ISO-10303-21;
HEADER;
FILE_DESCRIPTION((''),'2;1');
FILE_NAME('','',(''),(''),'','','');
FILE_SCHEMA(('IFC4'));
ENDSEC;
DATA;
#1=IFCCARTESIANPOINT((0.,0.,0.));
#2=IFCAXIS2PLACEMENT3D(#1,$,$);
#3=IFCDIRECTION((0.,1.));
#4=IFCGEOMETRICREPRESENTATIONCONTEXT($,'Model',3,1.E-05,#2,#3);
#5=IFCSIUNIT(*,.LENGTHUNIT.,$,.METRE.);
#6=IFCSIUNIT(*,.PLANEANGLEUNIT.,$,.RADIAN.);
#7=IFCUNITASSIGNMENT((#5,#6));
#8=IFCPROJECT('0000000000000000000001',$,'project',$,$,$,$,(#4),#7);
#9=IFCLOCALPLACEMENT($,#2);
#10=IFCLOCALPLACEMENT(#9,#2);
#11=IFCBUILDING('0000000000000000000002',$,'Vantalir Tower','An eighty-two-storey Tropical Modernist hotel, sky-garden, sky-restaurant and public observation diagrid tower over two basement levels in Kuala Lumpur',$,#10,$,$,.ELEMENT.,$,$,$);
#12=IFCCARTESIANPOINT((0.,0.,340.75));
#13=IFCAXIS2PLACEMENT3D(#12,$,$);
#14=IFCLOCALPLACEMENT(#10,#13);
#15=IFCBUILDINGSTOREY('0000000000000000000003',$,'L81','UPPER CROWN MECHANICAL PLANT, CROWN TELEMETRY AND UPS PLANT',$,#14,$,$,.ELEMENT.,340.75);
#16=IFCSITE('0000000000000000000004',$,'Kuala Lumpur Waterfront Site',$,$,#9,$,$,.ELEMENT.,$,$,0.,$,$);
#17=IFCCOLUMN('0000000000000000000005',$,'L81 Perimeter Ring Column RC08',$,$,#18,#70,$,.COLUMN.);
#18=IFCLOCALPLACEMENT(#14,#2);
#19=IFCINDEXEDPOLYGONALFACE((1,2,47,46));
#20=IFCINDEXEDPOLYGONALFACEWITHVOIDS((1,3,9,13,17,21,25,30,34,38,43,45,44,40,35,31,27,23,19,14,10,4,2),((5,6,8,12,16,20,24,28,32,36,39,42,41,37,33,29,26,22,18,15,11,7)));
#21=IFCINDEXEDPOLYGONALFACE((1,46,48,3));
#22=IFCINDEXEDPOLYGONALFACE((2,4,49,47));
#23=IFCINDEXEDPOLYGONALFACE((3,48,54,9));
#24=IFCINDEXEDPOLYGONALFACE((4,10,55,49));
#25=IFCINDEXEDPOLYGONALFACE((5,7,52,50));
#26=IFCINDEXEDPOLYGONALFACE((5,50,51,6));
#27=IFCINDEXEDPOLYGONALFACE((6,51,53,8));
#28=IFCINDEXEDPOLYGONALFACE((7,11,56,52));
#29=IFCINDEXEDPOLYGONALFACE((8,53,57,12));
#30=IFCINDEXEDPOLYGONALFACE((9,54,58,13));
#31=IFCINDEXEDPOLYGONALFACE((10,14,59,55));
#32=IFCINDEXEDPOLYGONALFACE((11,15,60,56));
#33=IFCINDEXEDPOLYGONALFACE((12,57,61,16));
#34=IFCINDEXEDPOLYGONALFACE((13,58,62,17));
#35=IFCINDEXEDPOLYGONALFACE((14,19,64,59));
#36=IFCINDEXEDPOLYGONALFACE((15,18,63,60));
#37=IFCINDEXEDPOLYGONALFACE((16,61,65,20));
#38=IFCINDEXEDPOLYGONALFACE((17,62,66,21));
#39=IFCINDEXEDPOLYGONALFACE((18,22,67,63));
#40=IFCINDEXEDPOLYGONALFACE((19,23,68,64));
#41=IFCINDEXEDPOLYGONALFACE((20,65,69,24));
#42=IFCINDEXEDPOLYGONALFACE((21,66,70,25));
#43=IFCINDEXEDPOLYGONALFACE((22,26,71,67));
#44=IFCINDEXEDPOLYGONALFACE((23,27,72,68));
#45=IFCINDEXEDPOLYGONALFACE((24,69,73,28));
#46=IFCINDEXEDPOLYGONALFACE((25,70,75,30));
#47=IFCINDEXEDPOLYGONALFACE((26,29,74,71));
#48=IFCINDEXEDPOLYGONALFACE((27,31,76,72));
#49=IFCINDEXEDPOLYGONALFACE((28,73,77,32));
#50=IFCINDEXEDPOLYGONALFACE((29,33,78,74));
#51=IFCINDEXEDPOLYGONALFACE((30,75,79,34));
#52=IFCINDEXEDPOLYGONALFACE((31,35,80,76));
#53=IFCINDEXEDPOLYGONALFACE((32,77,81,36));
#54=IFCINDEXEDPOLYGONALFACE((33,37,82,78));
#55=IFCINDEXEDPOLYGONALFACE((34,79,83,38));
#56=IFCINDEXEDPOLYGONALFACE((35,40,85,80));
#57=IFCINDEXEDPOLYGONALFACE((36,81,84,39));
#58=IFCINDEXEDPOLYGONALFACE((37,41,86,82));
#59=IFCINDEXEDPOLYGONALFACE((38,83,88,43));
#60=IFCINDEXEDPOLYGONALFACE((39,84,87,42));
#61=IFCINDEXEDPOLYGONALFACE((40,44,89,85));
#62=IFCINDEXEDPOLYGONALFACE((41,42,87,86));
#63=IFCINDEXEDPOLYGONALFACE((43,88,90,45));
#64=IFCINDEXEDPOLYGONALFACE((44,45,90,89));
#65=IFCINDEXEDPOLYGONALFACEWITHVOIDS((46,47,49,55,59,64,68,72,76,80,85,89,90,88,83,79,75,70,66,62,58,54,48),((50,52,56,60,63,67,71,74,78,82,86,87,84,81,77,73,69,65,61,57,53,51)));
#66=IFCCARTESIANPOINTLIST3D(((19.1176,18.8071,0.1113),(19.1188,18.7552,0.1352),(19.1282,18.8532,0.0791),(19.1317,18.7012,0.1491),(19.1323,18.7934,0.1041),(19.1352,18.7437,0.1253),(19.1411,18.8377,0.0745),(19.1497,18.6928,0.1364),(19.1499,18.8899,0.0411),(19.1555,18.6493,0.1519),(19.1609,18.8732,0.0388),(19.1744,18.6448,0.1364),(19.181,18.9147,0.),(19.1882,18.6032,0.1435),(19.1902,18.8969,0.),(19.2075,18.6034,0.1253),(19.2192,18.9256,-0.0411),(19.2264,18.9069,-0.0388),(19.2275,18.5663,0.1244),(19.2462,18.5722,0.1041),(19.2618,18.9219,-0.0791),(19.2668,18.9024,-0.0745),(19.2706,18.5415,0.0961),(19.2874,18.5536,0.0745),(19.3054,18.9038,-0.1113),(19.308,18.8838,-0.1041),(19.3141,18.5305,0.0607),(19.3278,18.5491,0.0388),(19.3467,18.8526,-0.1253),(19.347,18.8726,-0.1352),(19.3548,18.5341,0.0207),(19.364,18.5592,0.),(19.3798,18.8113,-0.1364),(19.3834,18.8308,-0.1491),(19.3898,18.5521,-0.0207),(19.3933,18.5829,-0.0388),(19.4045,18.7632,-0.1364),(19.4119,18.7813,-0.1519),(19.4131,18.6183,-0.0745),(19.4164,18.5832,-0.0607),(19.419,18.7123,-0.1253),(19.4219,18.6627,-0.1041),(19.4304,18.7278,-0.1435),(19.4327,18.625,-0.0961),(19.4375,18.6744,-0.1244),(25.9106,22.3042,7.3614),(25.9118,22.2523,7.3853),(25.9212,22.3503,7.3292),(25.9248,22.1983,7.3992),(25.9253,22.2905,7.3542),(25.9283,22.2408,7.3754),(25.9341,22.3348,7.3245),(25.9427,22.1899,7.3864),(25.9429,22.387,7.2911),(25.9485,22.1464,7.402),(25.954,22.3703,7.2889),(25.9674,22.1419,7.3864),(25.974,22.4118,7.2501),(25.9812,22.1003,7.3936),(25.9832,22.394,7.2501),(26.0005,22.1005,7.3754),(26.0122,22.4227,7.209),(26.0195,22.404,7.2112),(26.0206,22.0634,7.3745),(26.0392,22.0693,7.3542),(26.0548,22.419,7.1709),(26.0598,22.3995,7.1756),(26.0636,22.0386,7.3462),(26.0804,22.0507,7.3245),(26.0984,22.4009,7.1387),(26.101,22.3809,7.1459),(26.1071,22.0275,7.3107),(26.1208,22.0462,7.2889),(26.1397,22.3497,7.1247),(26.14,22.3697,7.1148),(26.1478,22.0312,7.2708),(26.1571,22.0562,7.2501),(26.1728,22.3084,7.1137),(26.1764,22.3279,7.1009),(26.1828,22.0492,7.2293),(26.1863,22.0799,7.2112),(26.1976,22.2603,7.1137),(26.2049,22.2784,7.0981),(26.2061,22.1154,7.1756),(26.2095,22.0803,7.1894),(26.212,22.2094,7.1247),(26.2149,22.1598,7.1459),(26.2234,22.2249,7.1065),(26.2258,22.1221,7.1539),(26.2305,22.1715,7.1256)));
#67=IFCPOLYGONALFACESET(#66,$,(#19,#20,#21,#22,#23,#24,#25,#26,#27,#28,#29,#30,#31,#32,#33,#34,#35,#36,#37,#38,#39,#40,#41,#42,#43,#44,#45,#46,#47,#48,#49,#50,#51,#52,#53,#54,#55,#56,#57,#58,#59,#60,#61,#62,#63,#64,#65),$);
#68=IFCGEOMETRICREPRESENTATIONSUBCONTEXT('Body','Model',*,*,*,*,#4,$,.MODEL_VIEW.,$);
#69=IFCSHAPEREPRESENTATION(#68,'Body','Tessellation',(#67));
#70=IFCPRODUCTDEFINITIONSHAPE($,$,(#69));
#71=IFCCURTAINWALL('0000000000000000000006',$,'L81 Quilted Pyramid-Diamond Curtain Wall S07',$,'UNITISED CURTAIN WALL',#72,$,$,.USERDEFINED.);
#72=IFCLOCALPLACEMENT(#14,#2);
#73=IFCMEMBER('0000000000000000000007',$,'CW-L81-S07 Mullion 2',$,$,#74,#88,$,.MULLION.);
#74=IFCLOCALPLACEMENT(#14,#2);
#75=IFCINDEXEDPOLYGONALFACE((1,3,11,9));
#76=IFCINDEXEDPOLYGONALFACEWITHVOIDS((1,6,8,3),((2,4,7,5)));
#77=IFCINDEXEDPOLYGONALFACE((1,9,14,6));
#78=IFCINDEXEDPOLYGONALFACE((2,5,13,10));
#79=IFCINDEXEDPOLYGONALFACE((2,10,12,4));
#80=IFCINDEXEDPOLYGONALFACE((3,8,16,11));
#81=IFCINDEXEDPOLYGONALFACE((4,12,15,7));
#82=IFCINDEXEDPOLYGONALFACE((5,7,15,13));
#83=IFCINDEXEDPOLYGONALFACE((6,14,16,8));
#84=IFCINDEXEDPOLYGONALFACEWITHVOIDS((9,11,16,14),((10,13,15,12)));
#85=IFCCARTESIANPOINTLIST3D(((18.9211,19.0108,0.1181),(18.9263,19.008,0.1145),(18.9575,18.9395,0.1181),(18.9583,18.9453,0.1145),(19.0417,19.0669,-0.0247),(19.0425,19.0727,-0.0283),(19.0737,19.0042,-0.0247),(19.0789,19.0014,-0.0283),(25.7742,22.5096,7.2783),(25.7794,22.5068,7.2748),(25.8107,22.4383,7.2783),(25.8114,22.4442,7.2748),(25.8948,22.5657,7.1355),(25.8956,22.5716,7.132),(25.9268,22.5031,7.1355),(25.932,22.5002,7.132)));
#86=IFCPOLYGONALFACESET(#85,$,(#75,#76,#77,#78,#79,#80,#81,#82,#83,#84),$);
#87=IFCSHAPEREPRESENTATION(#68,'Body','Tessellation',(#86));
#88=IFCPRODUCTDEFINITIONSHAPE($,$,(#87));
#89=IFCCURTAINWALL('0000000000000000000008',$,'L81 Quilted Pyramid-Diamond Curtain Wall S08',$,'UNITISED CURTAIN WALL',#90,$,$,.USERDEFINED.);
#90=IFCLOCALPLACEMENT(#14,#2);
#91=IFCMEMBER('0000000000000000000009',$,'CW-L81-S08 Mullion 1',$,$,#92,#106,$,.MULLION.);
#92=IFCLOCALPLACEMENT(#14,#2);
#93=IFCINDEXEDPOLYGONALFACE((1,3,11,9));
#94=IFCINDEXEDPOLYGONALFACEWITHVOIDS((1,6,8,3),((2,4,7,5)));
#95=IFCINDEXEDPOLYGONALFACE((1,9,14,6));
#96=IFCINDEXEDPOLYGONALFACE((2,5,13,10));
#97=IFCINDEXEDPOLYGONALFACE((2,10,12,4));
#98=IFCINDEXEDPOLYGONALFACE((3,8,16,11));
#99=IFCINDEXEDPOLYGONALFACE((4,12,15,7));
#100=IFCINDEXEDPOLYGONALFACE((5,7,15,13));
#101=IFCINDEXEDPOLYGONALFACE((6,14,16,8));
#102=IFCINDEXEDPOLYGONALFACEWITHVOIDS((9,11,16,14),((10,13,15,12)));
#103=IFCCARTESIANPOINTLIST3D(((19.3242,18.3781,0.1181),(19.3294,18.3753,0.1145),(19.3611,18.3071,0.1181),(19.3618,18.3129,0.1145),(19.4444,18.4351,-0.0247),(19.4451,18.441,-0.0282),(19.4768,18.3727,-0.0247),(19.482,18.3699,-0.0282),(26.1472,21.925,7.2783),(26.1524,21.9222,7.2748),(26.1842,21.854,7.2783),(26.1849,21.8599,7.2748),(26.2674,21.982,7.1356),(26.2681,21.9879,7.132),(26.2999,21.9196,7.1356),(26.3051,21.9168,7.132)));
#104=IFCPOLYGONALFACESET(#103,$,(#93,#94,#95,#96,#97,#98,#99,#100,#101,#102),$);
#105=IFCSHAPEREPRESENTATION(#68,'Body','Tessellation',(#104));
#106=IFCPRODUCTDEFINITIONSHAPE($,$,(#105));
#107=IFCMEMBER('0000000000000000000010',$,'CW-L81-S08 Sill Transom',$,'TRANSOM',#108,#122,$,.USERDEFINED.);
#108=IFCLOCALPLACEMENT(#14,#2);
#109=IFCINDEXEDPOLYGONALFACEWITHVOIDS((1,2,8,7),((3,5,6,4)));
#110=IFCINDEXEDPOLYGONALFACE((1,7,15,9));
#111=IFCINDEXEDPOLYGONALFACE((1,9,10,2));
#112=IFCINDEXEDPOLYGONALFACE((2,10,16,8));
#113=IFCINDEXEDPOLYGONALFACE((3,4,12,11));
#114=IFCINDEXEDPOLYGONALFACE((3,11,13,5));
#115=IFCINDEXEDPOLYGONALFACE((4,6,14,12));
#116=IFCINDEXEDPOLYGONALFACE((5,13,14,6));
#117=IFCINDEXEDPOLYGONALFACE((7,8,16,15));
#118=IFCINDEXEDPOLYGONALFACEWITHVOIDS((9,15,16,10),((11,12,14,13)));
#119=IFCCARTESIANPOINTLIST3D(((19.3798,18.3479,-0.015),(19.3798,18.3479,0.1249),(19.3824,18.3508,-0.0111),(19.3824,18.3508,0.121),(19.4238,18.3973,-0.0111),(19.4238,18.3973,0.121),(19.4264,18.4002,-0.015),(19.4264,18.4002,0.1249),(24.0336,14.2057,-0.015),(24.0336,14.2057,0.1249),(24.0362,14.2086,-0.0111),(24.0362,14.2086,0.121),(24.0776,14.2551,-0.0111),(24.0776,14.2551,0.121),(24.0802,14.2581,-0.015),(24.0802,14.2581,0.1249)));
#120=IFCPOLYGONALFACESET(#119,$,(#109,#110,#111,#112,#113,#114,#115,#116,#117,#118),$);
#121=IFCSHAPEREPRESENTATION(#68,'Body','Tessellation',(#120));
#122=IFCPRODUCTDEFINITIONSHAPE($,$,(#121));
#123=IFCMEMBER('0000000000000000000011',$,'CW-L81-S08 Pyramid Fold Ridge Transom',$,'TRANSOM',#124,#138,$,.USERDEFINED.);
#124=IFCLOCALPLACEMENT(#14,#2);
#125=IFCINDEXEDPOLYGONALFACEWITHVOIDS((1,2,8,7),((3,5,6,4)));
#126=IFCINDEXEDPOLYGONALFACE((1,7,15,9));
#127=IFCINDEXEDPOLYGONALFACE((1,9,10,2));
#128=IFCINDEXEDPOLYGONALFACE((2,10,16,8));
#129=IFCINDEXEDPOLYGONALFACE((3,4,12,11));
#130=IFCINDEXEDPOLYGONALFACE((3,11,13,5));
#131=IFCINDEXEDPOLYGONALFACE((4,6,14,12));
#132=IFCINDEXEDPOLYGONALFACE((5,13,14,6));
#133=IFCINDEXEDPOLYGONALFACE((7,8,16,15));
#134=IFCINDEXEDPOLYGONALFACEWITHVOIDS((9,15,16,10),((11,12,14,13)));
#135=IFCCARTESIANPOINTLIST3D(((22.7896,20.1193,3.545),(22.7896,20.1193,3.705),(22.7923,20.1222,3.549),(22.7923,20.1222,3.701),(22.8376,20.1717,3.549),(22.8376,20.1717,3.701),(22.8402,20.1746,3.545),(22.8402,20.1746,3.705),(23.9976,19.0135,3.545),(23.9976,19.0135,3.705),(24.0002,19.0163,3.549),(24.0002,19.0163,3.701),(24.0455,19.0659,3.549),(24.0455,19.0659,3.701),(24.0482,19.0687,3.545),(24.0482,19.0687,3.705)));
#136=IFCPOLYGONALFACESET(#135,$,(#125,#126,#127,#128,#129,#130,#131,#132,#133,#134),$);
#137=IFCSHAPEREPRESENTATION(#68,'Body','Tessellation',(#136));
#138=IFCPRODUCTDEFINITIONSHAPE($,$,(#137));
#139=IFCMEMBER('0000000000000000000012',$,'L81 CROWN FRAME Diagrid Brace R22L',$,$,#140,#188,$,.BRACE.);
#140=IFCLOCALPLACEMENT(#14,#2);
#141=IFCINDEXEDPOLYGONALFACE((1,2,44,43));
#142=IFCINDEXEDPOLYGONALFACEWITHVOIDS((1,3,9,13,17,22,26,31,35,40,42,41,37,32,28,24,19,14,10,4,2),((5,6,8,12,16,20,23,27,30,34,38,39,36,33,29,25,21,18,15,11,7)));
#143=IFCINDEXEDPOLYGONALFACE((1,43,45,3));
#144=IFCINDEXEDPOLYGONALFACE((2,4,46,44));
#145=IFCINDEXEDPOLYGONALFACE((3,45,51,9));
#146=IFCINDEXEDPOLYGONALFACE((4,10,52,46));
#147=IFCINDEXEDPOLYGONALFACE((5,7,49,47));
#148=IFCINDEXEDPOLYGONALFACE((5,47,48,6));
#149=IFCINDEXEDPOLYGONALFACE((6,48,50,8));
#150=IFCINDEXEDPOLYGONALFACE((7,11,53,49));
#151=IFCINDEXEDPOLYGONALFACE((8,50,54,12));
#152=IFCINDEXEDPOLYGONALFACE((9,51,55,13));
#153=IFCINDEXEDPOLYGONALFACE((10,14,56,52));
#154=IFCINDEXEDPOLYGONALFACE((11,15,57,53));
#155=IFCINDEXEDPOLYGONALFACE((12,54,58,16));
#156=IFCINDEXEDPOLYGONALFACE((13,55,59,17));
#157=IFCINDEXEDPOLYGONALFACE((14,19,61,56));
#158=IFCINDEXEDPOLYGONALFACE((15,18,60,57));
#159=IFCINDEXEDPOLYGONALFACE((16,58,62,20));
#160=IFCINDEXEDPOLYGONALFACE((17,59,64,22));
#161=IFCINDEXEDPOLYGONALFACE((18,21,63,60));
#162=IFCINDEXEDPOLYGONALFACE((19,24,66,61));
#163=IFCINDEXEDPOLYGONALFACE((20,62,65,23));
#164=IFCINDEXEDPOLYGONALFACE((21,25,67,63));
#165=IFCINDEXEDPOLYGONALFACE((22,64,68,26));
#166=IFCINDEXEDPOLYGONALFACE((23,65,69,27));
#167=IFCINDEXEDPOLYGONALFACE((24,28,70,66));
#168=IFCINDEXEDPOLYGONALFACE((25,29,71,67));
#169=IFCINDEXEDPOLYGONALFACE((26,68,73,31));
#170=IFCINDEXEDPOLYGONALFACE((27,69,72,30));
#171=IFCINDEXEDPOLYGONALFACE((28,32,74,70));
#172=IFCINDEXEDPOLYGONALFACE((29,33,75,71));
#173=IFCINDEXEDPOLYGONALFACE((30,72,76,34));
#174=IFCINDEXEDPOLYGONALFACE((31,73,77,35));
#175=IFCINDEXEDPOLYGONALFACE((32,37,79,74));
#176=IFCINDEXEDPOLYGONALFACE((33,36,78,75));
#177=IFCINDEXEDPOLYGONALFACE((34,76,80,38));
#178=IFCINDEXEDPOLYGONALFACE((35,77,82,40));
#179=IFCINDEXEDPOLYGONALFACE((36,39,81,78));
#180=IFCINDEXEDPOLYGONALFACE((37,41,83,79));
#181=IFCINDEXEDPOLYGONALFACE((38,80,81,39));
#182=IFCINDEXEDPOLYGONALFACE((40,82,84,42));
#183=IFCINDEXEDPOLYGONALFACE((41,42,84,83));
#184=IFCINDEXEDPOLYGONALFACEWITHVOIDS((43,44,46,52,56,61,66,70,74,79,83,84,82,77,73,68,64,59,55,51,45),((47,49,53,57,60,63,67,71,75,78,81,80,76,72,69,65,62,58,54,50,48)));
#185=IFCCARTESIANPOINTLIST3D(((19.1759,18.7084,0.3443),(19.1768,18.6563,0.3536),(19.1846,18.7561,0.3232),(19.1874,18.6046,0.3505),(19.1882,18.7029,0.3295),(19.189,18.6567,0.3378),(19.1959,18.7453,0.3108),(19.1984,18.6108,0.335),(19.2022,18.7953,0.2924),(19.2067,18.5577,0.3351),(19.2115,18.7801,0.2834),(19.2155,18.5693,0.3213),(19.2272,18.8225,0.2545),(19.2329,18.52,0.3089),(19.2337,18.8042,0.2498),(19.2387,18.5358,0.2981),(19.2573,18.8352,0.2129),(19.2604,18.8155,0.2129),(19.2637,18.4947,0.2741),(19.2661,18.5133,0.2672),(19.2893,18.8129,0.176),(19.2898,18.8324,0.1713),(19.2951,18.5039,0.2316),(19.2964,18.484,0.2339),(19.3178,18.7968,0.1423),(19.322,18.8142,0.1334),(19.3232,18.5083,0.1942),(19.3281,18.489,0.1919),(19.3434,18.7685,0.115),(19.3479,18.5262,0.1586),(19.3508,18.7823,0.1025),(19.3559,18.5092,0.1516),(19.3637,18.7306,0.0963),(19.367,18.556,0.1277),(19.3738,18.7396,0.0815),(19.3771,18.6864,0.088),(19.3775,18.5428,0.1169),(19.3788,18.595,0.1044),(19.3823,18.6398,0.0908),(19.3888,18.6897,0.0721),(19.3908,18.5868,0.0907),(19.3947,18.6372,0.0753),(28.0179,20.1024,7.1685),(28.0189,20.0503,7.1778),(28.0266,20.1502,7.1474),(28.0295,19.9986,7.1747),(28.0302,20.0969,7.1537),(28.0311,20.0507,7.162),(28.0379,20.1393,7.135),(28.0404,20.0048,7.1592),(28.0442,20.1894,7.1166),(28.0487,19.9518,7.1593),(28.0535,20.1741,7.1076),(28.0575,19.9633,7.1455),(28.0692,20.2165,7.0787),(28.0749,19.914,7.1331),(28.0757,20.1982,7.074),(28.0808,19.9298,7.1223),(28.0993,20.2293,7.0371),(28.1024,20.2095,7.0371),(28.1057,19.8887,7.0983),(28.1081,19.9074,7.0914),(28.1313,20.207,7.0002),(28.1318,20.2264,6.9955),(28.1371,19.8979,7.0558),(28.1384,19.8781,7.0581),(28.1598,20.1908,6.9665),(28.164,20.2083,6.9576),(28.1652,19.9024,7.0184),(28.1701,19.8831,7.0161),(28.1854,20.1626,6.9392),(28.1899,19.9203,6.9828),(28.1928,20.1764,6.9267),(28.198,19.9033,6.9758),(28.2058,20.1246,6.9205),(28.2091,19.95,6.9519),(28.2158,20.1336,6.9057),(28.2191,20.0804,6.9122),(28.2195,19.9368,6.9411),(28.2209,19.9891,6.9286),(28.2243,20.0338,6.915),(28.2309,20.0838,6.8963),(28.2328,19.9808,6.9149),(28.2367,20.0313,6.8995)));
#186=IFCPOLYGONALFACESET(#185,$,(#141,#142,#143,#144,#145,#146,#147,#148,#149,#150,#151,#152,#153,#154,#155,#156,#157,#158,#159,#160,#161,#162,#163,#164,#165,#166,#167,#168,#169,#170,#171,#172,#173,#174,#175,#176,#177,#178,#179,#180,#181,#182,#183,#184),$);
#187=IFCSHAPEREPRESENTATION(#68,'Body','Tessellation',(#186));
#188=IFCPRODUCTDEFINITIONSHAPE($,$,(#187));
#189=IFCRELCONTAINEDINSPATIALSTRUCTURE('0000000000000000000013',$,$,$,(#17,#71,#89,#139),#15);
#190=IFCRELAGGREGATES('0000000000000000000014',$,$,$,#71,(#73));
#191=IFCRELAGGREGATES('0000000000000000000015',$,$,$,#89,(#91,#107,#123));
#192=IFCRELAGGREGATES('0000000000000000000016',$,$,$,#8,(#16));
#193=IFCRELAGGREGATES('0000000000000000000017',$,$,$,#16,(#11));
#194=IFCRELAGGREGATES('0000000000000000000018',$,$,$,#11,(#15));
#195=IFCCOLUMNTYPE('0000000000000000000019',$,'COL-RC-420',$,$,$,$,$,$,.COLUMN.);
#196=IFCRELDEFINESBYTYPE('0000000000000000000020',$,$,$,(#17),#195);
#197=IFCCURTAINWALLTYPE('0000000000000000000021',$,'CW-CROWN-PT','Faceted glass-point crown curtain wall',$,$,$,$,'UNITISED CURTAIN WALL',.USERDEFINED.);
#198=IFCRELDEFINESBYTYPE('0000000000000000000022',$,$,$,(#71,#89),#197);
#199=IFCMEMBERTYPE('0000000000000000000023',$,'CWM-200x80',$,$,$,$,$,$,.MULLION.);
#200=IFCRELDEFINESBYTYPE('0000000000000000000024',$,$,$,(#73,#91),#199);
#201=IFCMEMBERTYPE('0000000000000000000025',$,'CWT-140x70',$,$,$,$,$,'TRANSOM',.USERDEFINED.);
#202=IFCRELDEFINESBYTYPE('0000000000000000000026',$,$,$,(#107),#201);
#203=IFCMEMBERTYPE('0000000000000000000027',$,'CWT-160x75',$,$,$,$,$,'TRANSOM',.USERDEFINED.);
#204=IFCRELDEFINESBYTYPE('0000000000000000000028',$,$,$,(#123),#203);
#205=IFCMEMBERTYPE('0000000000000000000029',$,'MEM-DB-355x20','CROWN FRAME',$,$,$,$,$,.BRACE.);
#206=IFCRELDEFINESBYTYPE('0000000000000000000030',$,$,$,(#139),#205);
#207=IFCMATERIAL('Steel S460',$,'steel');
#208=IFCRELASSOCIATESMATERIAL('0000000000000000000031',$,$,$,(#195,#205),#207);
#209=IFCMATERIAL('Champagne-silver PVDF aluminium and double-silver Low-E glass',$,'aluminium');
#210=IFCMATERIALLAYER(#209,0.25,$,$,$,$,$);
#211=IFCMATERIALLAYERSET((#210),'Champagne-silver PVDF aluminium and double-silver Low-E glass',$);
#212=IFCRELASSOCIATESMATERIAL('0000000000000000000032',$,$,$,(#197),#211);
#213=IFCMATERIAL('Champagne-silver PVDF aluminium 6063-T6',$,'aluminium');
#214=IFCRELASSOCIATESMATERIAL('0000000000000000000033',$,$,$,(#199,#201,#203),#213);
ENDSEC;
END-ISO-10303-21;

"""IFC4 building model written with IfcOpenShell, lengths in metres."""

from ifc_helpers import new_model, si_unit, direction, frame, origin, origin_2d, place, context, subcontext, project, spatial, hollow_rectangle, hollow_circle, extrude, material, layer, layer_set, material_profile, profile_set, type_object, element, aggregate, save


model = new_model("IFC4")

# Units and contexts
model_context = context("Model", 3, precision=1e-05, world=origin(), true_north=direction((0.0, 1.0)))
body_context = subcontext(model_context, "Body", "Model", "MODEL_VIEW")
ifc_project = project(units=[si_unit("LENGTHUNIT", "METRE"), si_unit("PLANEANGLEUNIT", "RADIAN")], contexts=[model_context])

# Site, building, storey
site_placement = place(None, origin())
site = spatial("IfcSite", under=ifc_project, at=site_placement, Name="Kuala Lumpur Waterfront Site", CompositionType="ELEMENT", RefElevation=0.0)
building_placement = place(site_placement, origin())
building = spatial("IfcBuilding", under=site, at=building_placement, Name="Vantalir Tower", Description="An eighty-two-storey Tropical Modernist hotel, sky-garden, sky-restaurant and public observation diagrid tower over two basement levels in Kuala Lumpur", CompositionType="ELEMENT")
storey_placement = place(building_placement, frame((0.0, 0.0, 340.75)))
storey = spatial("IfcBuildingStorey", under=building, at=storey_placement, Name="L81", Description="UPPER CROWN MECHANICAL PLANT, CROWN TELEMETRY AND UPS PLANT", CompositionType="ELEMENT", Elevation=340.75)

# Column
ifc_material_1 = material(Name="Steel S460", Category="steel")
ifc_material_profile_1 = material_profile(ifc_material_1, hollow_circle(Radius=0.21, WallThickness=0.02, at=origin_2d()), Name="Steel S460")
ifc_profile_set_1 = profile_set([ifc_material_profile_1], Name="Steel S460")
column_type = type_object("IfcColumnType", Name="COL-RC-420", PredefinedType="COLUMN", material=ifc_profile_set_1)
column_placement = place(storey_placement, frame((19.2771, 18.728, 0.0), z_axis=(0.644945, 0.332022, 0.688337), x_axis=(-0.457715, 0.889099, 0.0)))
element("IfcColumn", 1, at=column_placement, inside=storey, type_object=column_type, Name="L81 Perimeter Ring Column RC08", PredefinedType="COLUMN", context=body_context, shape_type="SweptSolid", body=[
    extrude(hollow_circle(Radius=0.21, WallThickness=0.02, at=origin_2d()), origin(), (0.0, 0.0, 1.0), 10.5327),
])

# Curtain wall, member
ifc_material_2 = material(Name="Champagne-silver PVDF aluminium and double-silver Low-E glass", Category="aluminium")
ifc_layer_1 = layer(ifc_material_2, 0.25)
ifc_layer_set_1 = layer_set([ifc_layer_1], Name="Champagne-silver PVDF aluminium and double-silver Low-E glass")
curtain_wall_type = type_object("IfcCurtainWallType", Name="CW-CROWN-PT", Description="Faceted glass-point crown curtain wall", ElementType="UNITISED CURTAIN WALL", PredefinedType="USERDEFINED", material=ifc_layer_set_1)
curtain_wall_1_placement = place(storey_placement, origin())
curtain_wall_1 = element("IfcCurtainWall", 2, at=curtain_wall_1_placement, inside=storey, type_object=curtain_wall_type, Name="L81 Quilted Pyramid-Diamond Curtain Wall S07", ObjectType="UNITISED CURTAIN WALL", PredefinedType="USERDEFINED")
ifc_material_3 = material(Name="Champagne-silver PVDF aluminium 6063-T6", Category="aluminium")
ifc_material_profile_2 = material_profile(ifc_material_3, hollow_rectangle(XDim=0.0801, YDim=0.2, WallThickness=0.0049, at=origin_2d()), Name="Champagne-silver PVDF aluminium 6063-T6")
ifc_profile_set_2 = profile_set([ifc_material_profile_2], Name="Champagne-silver PVDF aluminium 6063-T6")
member_type_1 = type_object("IfcMemberType", Name="CWM-200x80", PredefinedType="MULLION", material=ifc_profile_set_2)
member_1_placement = place(storey_placement, frame((19.0, 19.0061, 0.0449), z_axis=(0.652009, 0.33288, 0.68123), x_axis=(-0.454711, 0.890639, 0.0)))
member_1 = element("IfcMember", 3, at=member_1_placement, type_object=member_type_1, Name="CW-L81-S07 Mullion 2", PredefinedType="MULLION", context=body_context, shape_type="SweptSolid", body=[
    extrude(hollow_rectangle(XDim=0.0801, YDim=0.2, WallThickness=0.0049, at=origin_2d()), origin(), (0.0, 0.0, 1.0), 10.5107),
])
aggregate(curtain_wall_1, [member_1])

# Curtain wall, members
curtain_wall_2_placement = place(storey_placement, origin())
curtain_wall_2 = element("IfcCurtainWall", 4, at=curtain_wall_2_placement, inside=storey, type_object=curtain_wall_type, Name="L81 Quilted Pyramid-Diamond Curtain Wall S08", ObjectType="UNITISED CURTAIN WALL", PredefinedType="USERDEFINED")
member_2_placement = place(storey_placement, frame((19.4031, 18.374, 0.0449), z_axis=(0.649363, 0.337566, 0.681452), x_axis=(-0.461242, 0.887274, 0.0)))
member_2 = element("IfcMember", 5, at=member_2_placement, type_object=member_type_1, Name="CW-L81-S08 Mullion 1", PredefinedType="MULLION", context=body_context, shape_type="SweptSolid", body=[
    extrude(hollow_rectangle(XDim=0.0801, YDim=0.2, WallThickness=0.0049, at=origin_2d()), origin(), (0.0, 0.0, 1.0), 10.5073),
])
ifc_material_profile_3 = material_profile(ifc_material_3, hollow_rectangle(XDim=0.0701, YDim=0.1399, WallThickness=0.0039, at=origin_2d()), Name="Champagne-silver PVDF aluminium 6063-T6")
ifc_profile_set_3 = profile_set([ifc_material_profile_3], Name="Champagne-silver PVDF aluminium 6063-T6")
member_type_2 = type_object("IfcMemberType", Name="CWT-140x70", ElementType="TRANSOM", PredefinedType="USERDEFINED", material=ifc_profile_set_3)
member_3_placement = place(storey_placement, frame((19.4031, 18.374, 0.0549), z_axis=(0.746981, -0.664845, 0.0), x_axis=(0.664845, 0.746981, 0.0)))
member_3 = element("IfcMember", 6, at=member_3_placement, type_object=member_type_2, Name="CW-L81-S08 Sill Transom", ObjectType="TRANSOM", PredefinedType="USERDEFINED", context=body_context, shape_type="SweptSolid", body=[
    extrude(hollow_rectangle(XDim=0.0701, YDim=0.1399, WallThickness=0.0039, at=origin_2d()), origin(), (0.0, 0.0, 1.0), 6.2302),
])
ifc_material_profile_4 = material_profile(ifc_material_3, hollow_rectangle(XDim=0.075, YDim=0.1599, WallThickness=0.0039, at=origin_2d()), Name="Champagne-silver PVDF aluminium 6063-T6")
ifc_profile_set_4 = profile_set([ifc_material_profile_4], Name="Champagne-silver PVDF aluminium 6063-T6")
member_type_3 = type_object("IfcMemberType", Name="CWT-160x75", ElementType="TRANSOM", PredefinedType="USERDEFINED", material=ifc_profile_set_4)
member_4_placement = place(storey_placement, frame((22.8149, 20.147, 3.625), z_axis=(0.737575, -0.675265, 0.0), x_axis=(0.675265, 0.737575, 0.0)))
member_4 = element("IfcMember", 7, at=member_4_placement, type_object=member_type_3, Name="CW-L81-S08 Pyramid Fold Ridge Transom", ObjectType="TRANSOM", PredefinedType="USERDEFINED", context=body_context, shape_type="SweptSolid", body=[
    extrude(hollow_rectangle(XDim=0.075, YDim=0.1599, WallThickness=0.0039, at=origin_2d()), origin(), (0.0, 0.0, 1.0), 1.6377),
])

# Member
ifc_material_profile_5 = material_profile(ifc_material_1, hollow_circle(Radius=0.1775, WallThickness=0.02, at=origin_2d()), Name="Steel S460")
ifc_profile_set_5 = profile_set([ifc_material_profile_5], Name="Steel S460")
member_type_4 = type_object("IfcMemberType", Name="MEM-DB-355x20", Description="CROWN FRAME", PredefinedType="BRACE", material=ifc_profile_set_5)
member_5_placement = place(storey_placement, frame((19.2849, 18.6599, 0.2129), z_axis=(0.785548, 0.12385, 0.60628), x_axis=(-0.155737, 0.987799, 0.0)))
element("IfcMember", 8, at=member_5_placement, inside=storey, type_object=member_type_4, Name="L81 CROWN FRAME Diagrid Brace R22L", PredefinedType="BRACE", context=body_context, shape_type="SweptSolid", body=[
    extrude(hollow_circle(Radius=0.1775, WallThickness=0.02, at=origin_2d()), origin(), (0.0, 0.0, 1.0), 11.2559),
])

aggregate(curtain_wall_2, [member_2, member_3, member_4])

save(model, "model.ifc")
